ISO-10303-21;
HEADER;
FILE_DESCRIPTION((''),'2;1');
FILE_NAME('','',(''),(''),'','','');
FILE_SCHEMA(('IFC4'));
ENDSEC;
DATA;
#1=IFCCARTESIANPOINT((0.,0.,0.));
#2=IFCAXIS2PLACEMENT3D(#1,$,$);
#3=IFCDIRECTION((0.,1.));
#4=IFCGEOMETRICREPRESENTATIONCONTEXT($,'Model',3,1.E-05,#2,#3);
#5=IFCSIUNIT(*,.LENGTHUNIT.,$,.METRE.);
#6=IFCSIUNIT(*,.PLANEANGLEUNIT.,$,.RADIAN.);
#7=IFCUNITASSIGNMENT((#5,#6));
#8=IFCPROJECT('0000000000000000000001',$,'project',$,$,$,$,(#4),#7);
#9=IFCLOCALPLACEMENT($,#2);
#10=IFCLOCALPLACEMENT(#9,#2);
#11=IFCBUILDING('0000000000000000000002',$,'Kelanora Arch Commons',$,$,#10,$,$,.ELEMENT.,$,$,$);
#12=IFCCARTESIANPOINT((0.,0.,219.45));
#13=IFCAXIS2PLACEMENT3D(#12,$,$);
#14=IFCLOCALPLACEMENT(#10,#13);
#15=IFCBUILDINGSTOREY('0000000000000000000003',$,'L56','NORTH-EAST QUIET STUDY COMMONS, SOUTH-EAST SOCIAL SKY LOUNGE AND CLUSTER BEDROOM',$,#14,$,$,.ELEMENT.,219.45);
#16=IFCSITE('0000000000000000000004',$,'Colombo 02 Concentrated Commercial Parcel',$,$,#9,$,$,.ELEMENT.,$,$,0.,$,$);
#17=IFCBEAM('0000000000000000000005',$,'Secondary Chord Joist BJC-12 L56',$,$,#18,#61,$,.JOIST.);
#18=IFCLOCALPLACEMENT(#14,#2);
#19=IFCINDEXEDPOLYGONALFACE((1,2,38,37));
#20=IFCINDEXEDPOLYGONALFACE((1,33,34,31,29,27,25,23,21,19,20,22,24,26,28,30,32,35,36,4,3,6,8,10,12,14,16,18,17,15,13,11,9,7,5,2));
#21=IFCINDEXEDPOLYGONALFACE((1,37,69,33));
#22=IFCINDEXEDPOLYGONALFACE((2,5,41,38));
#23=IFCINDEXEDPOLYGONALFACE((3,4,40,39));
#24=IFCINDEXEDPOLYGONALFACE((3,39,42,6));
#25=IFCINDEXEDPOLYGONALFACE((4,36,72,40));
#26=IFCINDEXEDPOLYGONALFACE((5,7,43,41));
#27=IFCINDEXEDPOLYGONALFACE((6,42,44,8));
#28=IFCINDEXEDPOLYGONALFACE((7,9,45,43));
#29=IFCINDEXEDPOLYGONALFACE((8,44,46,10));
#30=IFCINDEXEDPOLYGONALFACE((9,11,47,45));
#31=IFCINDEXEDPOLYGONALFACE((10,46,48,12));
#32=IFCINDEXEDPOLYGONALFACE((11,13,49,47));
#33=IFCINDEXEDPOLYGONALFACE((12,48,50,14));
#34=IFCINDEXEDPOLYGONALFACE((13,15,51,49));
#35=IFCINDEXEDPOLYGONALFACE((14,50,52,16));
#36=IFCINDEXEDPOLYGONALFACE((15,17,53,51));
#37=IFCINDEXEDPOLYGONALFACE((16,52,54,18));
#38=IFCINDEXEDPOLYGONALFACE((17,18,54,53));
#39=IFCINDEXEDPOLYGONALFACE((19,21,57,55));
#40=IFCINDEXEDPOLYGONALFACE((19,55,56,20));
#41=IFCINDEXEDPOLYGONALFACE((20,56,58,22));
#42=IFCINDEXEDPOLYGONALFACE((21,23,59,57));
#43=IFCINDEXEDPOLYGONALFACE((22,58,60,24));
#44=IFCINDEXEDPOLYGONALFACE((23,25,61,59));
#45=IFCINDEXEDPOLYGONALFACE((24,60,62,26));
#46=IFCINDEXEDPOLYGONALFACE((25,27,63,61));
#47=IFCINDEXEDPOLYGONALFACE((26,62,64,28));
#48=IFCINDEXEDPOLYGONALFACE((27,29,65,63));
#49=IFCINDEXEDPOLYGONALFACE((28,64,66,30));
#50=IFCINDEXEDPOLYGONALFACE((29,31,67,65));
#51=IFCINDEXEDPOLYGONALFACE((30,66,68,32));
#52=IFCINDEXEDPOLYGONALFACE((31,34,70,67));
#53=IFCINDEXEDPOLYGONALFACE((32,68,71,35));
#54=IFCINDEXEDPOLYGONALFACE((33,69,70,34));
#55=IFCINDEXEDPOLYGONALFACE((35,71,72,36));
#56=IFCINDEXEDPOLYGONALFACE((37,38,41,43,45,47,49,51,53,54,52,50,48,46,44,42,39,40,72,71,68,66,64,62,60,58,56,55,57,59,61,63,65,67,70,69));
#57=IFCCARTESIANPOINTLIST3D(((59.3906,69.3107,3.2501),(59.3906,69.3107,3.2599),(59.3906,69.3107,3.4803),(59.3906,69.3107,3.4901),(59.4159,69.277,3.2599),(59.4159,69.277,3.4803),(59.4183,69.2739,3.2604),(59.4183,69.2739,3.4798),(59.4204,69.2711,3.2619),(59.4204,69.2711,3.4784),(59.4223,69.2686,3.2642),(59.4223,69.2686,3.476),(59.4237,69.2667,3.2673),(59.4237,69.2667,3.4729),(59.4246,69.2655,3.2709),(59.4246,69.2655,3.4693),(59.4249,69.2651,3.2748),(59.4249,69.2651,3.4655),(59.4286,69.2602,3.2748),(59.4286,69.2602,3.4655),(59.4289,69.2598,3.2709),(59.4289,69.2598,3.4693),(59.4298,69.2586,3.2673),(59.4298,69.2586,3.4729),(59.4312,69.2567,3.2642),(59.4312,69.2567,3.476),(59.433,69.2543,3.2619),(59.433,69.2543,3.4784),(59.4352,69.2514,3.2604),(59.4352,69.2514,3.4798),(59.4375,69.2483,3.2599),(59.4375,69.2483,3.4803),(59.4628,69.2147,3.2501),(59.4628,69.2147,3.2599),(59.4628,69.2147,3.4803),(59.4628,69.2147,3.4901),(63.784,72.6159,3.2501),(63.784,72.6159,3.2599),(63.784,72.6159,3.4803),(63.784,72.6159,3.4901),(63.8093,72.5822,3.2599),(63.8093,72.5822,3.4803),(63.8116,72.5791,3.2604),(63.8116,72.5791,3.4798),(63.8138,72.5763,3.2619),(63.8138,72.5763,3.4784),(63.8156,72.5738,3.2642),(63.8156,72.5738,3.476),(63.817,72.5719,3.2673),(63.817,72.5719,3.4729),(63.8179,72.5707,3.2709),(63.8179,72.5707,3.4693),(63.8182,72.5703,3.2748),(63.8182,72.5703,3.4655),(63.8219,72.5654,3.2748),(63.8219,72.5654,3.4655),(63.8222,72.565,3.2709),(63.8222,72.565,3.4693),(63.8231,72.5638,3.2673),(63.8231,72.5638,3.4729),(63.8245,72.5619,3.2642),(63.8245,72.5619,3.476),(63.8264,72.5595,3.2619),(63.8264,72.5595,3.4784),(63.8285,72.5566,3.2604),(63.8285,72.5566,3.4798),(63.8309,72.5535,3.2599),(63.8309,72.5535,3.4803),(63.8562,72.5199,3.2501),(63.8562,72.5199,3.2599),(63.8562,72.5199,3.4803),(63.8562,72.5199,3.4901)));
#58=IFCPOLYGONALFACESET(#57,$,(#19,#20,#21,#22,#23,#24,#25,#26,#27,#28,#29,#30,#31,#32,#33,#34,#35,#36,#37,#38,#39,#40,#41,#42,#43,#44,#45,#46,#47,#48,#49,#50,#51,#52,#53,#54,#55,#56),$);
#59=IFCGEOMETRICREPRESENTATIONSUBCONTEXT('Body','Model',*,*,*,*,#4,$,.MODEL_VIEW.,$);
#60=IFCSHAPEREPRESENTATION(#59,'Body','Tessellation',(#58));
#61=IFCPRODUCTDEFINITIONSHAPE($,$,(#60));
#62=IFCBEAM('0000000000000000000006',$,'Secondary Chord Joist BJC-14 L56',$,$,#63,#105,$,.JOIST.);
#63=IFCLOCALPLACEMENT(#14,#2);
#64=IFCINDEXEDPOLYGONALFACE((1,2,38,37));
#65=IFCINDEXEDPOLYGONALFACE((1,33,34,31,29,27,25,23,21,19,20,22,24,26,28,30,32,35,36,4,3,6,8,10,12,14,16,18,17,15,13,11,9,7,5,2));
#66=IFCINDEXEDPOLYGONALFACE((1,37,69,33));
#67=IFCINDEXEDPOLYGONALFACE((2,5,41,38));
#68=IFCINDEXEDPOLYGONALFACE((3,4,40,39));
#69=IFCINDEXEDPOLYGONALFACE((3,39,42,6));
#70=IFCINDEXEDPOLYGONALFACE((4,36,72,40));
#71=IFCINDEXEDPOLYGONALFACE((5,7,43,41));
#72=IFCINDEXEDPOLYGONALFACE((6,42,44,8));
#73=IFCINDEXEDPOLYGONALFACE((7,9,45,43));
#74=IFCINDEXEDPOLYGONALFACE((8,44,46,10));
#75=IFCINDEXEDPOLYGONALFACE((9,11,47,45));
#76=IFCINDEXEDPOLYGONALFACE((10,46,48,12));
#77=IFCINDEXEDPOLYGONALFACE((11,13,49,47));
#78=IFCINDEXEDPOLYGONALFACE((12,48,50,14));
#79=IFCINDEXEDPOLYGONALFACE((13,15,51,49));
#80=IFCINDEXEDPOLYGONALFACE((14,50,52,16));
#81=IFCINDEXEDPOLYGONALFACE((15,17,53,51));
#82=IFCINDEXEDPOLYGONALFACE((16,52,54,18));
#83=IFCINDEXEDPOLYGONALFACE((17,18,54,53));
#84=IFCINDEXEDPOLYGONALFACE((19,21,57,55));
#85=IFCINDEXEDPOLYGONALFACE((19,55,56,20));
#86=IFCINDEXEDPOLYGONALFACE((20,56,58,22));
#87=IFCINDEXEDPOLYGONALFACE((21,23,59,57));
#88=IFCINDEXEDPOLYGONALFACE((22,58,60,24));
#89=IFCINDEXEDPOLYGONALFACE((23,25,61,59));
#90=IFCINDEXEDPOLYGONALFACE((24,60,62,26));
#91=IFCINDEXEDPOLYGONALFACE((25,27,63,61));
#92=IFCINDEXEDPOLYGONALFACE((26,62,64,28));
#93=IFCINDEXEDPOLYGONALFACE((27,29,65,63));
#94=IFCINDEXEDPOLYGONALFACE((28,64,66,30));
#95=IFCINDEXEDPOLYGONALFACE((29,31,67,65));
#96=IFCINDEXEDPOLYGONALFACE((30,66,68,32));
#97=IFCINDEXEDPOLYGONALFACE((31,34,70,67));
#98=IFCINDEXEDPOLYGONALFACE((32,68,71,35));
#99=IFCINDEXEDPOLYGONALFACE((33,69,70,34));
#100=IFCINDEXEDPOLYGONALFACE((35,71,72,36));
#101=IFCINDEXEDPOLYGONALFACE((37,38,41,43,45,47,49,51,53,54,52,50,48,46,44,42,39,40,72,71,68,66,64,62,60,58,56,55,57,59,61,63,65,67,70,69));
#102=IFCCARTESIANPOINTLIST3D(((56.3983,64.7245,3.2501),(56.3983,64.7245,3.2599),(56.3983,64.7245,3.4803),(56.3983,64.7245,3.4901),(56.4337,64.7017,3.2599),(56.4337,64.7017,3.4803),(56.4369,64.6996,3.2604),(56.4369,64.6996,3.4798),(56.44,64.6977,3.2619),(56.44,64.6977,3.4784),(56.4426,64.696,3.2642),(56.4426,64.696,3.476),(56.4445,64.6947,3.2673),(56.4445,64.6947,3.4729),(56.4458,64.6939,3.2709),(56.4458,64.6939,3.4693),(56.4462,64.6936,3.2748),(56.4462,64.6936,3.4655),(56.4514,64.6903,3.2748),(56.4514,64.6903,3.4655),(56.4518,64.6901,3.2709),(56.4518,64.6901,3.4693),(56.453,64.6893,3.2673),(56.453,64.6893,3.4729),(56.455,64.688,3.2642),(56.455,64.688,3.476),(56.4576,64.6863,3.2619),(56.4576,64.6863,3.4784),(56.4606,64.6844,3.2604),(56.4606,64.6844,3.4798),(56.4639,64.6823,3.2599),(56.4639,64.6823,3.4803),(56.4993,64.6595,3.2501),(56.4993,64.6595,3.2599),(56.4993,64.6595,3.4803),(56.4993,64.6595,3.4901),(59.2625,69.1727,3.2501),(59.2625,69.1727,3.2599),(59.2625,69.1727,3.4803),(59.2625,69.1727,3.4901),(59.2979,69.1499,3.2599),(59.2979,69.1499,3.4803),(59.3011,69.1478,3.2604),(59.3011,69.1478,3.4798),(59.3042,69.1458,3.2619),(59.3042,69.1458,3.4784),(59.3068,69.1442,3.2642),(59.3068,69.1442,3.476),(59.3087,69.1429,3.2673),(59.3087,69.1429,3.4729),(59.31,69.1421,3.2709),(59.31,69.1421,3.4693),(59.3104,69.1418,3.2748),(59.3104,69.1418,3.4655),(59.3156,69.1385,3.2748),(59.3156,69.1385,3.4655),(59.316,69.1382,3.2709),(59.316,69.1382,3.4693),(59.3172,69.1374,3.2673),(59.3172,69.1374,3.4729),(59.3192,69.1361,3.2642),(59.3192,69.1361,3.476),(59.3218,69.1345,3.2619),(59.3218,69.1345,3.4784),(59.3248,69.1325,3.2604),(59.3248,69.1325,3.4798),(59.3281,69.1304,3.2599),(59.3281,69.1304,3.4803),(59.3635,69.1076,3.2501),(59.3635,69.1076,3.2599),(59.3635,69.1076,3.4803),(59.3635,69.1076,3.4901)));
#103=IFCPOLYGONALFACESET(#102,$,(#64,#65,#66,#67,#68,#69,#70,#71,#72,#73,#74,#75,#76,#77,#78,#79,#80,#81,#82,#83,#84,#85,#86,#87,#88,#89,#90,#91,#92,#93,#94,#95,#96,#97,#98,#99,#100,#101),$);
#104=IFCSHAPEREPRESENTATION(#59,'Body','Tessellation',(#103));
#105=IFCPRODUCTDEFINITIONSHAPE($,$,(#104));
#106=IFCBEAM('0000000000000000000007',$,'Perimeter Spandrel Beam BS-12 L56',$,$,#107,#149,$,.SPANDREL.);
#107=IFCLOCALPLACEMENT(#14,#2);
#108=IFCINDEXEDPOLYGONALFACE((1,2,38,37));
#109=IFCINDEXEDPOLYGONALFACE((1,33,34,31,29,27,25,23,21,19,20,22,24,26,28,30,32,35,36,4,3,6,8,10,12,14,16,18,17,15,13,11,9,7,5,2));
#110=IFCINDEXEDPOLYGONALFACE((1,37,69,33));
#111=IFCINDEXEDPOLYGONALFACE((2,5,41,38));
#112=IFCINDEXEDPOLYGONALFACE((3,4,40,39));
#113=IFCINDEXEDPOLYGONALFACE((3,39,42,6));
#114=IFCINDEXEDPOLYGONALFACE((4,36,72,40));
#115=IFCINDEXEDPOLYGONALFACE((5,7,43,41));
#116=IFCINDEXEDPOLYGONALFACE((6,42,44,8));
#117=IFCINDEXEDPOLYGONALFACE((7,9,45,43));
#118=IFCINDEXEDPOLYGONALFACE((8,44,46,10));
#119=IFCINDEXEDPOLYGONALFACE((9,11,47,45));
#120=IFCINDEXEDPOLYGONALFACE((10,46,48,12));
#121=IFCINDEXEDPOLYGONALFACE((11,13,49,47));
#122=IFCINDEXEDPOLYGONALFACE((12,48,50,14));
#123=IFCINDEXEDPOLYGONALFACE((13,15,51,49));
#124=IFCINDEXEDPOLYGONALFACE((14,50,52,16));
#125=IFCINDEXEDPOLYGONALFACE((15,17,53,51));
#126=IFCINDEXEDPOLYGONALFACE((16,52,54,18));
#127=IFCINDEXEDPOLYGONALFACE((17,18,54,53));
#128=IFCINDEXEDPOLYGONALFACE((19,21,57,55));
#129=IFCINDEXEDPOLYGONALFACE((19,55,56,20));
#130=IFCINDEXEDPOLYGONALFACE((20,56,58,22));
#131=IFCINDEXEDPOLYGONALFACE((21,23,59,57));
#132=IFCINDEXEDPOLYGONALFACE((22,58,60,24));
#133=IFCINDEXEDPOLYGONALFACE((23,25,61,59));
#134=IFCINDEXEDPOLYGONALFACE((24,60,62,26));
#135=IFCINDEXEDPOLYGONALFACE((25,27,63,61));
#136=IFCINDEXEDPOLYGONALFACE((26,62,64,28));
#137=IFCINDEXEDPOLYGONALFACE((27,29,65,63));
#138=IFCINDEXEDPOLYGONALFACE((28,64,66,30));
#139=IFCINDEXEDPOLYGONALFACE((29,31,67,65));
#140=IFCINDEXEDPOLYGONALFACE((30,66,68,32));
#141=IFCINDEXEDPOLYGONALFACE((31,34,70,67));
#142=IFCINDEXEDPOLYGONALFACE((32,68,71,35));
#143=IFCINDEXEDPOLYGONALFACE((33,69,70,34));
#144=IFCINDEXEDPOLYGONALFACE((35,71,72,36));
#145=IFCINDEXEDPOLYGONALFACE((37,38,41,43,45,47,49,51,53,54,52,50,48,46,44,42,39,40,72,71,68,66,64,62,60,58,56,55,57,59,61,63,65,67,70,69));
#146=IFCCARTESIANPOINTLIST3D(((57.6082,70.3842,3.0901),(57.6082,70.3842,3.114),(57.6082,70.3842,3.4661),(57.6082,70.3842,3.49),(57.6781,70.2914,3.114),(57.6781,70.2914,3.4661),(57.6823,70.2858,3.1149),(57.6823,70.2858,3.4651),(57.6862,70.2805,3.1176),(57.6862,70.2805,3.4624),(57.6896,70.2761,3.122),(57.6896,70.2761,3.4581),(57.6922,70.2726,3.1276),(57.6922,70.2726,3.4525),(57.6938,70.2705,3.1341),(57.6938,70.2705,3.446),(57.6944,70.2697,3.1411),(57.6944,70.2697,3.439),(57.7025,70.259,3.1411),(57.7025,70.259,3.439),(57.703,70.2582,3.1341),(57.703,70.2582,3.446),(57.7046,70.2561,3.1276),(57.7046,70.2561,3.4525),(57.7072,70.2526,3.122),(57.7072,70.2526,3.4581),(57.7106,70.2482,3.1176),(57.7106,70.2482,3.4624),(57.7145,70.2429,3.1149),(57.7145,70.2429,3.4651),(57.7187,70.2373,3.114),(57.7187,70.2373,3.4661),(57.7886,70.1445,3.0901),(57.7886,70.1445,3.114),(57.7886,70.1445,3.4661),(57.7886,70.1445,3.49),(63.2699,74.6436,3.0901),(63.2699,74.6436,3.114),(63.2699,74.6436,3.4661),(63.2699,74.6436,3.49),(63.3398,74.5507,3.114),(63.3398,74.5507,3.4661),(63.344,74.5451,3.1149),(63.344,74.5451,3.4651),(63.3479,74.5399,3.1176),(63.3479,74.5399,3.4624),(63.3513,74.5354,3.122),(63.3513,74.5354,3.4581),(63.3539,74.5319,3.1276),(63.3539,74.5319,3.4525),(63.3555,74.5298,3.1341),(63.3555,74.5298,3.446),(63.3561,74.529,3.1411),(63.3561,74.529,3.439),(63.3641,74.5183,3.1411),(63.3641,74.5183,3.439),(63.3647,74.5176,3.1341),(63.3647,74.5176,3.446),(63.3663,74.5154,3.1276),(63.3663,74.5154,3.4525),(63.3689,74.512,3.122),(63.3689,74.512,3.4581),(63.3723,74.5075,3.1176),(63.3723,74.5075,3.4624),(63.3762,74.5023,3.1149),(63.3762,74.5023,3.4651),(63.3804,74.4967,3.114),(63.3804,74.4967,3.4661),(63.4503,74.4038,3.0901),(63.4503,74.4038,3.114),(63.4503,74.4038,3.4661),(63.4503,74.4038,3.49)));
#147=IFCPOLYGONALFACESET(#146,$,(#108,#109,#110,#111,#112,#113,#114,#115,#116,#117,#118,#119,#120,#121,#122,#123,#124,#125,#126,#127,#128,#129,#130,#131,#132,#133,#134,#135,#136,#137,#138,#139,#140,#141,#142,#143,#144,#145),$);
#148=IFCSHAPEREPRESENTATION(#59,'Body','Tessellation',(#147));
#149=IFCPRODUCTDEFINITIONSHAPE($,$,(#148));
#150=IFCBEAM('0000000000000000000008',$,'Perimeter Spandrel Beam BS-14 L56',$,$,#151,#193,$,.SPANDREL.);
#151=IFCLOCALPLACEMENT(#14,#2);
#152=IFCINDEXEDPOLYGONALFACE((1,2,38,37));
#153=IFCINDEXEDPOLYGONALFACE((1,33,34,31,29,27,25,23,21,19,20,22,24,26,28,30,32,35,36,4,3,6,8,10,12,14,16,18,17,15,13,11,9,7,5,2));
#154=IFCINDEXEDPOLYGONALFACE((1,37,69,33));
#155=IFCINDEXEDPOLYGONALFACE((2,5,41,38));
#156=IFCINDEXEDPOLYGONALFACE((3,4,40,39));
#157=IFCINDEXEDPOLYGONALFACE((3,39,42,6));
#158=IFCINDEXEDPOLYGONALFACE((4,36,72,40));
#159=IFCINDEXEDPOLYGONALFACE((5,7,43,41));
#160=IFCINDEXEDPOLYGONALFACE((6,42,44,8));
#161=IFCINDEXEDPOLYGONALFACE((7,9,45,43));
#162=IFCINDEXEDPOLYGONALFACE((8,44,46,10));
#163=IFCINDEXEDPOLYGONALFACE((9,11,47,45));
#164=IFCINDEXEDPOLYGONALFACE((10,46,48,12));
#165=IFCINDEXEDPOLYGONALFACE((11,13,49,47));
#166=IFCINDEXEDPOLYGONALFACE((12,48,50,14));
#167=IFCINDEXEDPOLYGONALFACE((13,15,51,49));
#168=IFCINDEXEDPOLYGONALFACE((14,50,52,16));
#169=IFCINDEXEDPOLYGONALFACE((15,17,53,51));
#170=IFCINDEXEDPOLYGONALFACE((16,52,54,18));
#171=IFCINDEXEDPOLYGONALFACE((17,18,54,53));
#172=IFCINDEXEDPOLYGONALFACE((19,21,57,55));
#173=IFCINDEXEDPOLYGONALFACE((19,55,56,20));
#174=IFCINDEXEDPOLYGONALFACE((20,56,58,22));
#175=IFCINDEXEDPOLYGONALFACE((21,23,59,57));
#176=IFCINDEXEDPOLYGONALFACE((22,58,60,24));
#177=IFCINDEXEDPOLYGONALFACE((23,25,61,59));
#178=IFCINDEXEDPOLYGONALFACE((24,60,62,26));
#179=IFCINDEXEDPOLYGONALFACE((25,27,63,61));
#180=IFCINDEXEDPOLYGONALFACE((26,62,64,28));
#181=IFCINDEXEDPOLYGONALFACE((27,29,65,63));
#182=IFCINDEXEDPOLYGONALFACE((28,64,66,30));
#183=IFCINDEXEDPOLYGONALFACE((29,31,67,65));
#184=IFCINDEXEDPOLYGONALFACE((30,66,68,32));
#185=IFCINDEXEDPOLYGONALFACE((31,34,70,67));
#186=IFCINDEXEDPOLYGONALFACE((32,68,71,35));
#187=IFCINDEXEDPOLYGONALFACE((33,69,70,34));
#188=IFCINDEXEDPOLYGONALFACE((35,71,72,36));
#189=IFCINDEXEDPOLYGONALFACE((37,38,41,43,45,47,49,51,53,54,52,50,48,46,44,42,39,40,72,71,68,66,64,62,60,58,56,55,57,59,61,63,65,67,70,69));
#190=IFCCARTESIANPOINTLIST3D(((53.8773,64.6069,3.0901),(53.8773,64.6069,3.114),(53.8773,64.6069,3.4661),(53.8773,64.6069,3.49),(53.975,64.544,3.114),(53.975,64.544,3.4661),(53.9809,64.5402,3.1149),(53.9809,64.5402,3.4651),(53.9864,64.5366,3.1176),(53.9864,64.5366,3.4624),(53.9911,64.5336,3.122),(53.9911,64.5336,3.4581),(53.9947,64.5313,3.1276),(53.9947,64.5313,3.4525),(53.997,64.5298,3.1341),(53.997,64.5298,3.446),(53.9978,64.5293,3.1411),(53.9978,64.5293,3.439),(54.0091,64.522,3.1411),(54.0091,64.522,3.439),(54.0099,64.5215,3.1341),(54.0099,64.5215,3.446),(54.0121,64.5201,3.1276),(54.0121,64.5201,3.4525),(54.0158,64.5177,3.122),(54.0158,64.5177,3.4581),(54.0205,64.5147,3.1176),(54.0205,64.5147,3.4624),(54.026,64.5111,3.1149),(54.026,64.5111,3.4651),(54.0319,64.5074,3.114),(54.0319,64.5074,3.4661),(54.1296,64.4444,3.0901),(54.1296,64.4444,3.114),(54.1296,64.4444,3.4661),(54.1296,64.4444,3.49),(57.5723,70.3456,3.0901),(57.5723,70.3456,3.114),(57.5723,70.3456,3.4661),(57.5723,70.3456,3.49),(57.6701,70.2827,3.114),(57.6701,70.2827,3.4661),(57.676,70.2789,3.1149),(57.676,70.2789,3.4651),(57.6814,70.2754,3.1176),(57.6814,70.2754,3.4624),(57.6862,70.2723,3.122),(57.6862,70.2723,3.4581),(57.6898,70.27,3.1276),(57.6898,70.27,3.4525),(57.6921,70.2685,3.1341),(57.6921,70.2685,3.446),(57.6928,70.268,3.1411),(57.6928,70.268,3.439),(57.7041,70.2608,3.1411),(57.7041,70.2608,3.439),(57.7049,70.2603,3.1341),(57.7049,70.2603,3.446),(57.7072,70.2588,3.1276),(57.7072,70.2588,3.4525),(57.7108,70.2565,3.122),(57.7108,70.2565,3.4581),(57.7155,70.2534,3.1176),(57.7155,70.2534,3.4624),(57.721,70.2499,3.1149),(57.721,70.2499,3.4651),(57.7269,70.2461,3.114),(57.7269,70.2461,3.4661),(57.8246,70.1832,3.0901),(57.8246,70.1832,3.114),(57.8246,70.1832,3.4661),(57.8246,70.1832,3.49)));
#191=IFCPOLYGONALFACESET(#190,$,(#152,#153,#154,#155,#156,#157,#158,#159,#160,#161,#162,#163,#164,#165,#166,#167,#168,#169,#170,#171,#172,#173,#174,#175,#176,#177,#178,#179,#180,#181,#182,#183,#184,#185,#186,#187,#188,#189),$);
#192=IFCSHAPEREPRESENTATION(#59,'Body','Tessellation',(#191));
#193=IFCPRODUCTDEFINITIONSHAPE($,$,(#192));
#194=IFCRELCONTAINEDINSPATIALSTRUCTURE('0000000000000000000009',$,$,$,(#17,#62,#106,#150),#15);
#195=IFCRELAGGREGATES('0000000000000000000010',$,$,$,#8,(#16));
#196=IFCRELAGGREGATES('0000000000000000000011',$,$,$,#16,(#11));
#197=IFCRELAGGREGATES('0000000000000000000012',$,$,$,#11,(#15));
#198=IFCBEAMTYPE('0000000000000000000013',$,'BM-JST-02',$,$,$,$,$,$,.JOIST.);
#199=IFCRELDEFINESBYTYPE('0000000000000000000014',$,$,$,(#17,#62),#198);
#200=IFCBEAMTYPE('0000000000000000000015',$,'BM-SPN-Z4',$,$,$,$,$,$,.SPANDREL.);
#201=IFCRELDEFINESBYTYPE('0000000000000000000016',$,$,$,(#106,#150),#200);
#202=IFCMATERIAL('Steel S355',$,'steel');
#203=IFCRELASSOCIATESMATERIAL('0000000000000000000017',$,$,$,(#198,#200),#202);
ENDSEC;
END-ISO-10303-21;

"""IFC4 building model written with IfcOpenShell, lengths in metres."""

from ifc_helpers import new_model, si_unit, direction, frame, origin, origin_2d, place, context, subcontext, project, spatial, i_section, extrude, material, material_profile, profile_set, type_object, element, save


model = new_model("IFC4")

# Units and contexts
model_context = context("Model", 3, precision=1e-05, world=origin(), true_north=direction((0.0, 1.0)))
body_context = subcontext(model_context, "Body", "Model", "MODEL_VIEW")
ifc_project = project(units=[si_unit("LENGTHUNIT", "METRE"), si_unit("PLANEANGLEUNIT", "RADIAN")], contexts=[model_context])

# Site, building, storey
site_placement = place(None, origin())
site = spatial("IfcSite", under=ifc_project, at=site_placement, Name="Colombo 02 Concentrated Commercial Parcel", CompositionType="ELEMENT", RefElevation=0.0)
building_placement = place(site_placement, origin())
building = spatial("IfcBuilding", under=site, at=building_placement, Name="Kelanora Arch Commons", CompositionType="ELEMENT")
storey_placement = place(building_placement, frame((0.0, 0.0, 219.45)))
storey = spatial("IfcBuildingStorey", under=building, at=storey_placement, Name="L56", Description="NORTH-EAST QUIET STUDY COMMONS, SOUTH-EAST SOCIAL SKY LOUNGE AND CLUSTER BEDROOM", CompositionType="ELEMENT", Elevation=219.45)

# Beams
ifc_material_1 = material(Name="Steel S355", Category="steel")
ifc_material_profile_1 = material_profile(ifc_material_1, i_section(OverallWidth=0.1201, OverallDepth=0.24, WebThickness=0.0061, FlangeThickness=0.0098, FilletRadius=0.0149, at=origin_2d()), Name="IPE240")
ifc_profile_set_1 = profile_set([ifc_material_profile_1], Name="Steel S355")
beam_type_1 = type_object("IfcBeamType", Name="BM-JST-02", PredefinedType="JOIST", material=ifc_profile_set_1)
beam_1_placement = place(storey_placement, frame((63.8201, 72.5679, 3.3701), z_axis=(-0.799109, -0.601186, 0.0), x_axis=(0.601186, -0.799109, 0.0)))
element("IfcBeam", 1, at=beam_1_placement, inside=storey, type_object=beam_type_1, Name="Secondary Chord Joist BJC-12 L56", PredefinedType="JOIST", context=body_context, shape_type="SweptSolid", body=[
    extrude(i_section(OverallWidth=0.1201, OverallDepth=0.24, WebThickness=0.0061, FlangeThickness=0.0098, FilletRadius=0.0149, at=origin_2d()), origin(), (0.0, 0.0, 1.0), 5.4978),
])
beam_2_placement = place(storey_placement, frame((59.313, 69.1401, 3.3701), z_axis=(-0.541382, -0.840776, 0.0), x_axis=(0.840776, -0.541382, 0.0)))
element("IfcBeam", 2, at=beam_2_placement, inside=storey, type_object=beam_type_1, Name="Secondary Chord Joist BJC-14 L56", PredefinedType="JOIST", context=body_context, shape_type="SweptSolid", body=[
    extrude(i_section(OverallWidth=0.1201, OverallDepth=0.24, WebThickness=0.0061, FlangeThickness=0.0098, FilletRadius=0.0149, at=origin_2d()), origin(), (0.0, 0.0, 1.0), 5.2905),
])
ifc_material_profile_2 = material_profile(ifc_material_1, i_section(OverallWidth=0.3, OverallDepth=0.3999, WebThickness=0.0134, FlangeThickness=0.0239, FilletRadius=0.0271, at=origin_2d()), Name="HEB400")
ifc_profile_set_2 = profile_set([ifc_material_profile_2], Name="Steel S355")
beam_type_2 = type_object("IfcBeamType", Name="BM-SPN-Z4", PredefinedType="SPANDREL", material=ifc_profile_set_2)
beam_3_placement = place(storey_placement, frame((63.3601, 74.5237, 3.29), z_axis=(-0.799114, -0.601179, 0.0), x_axis=(0.601179, -0.799114, 0.0)))
element("IfcBeam", 3, at=beam_3_placement, inside=storey, type_object=beam_type_2, Name="Perimeter Spandrel Beam BS-12 L56", PredefinedType="SPANDREL", context=body_context, shape_type="SweptSolid", body=[
    extrude(i_section(OverallWidth=0.3, OverallDepth=0.3999, WebThickness=0.0134, FlangeThickness=0.0239, FilletRadius=0.0271, at=origin_2d()), origin(), (0.0, 0.0, 1.0), 7.085),
])
beam_4_placement = place(storey_placement, frame((57.6985, 70.2644, 3.29), z_axis=(-0.541365, -0.840788, 0.0), x_axis=(0.840788, -0.541365, 0.0)))
element("IfcBeam", 4, at=beam_4_placement, inside=storey, type_object=beam_type_2, Name="Perimeter Spandrel Beam BS-14 L56", PredefinedType="SPANDREL", context=body_context, shape_type="SweptSolid", body=[
    extrude(i_section(OverallWidth=0.3, OverallDepth=0.3999, WebThickness=0.0134, FlangeThickness=0.0239, FilletRadius=0.0271, at=origin_2d()), origin(), (0.0, 0.0, 1.0), 6.8254),
])

save(model, "model.ifc")
